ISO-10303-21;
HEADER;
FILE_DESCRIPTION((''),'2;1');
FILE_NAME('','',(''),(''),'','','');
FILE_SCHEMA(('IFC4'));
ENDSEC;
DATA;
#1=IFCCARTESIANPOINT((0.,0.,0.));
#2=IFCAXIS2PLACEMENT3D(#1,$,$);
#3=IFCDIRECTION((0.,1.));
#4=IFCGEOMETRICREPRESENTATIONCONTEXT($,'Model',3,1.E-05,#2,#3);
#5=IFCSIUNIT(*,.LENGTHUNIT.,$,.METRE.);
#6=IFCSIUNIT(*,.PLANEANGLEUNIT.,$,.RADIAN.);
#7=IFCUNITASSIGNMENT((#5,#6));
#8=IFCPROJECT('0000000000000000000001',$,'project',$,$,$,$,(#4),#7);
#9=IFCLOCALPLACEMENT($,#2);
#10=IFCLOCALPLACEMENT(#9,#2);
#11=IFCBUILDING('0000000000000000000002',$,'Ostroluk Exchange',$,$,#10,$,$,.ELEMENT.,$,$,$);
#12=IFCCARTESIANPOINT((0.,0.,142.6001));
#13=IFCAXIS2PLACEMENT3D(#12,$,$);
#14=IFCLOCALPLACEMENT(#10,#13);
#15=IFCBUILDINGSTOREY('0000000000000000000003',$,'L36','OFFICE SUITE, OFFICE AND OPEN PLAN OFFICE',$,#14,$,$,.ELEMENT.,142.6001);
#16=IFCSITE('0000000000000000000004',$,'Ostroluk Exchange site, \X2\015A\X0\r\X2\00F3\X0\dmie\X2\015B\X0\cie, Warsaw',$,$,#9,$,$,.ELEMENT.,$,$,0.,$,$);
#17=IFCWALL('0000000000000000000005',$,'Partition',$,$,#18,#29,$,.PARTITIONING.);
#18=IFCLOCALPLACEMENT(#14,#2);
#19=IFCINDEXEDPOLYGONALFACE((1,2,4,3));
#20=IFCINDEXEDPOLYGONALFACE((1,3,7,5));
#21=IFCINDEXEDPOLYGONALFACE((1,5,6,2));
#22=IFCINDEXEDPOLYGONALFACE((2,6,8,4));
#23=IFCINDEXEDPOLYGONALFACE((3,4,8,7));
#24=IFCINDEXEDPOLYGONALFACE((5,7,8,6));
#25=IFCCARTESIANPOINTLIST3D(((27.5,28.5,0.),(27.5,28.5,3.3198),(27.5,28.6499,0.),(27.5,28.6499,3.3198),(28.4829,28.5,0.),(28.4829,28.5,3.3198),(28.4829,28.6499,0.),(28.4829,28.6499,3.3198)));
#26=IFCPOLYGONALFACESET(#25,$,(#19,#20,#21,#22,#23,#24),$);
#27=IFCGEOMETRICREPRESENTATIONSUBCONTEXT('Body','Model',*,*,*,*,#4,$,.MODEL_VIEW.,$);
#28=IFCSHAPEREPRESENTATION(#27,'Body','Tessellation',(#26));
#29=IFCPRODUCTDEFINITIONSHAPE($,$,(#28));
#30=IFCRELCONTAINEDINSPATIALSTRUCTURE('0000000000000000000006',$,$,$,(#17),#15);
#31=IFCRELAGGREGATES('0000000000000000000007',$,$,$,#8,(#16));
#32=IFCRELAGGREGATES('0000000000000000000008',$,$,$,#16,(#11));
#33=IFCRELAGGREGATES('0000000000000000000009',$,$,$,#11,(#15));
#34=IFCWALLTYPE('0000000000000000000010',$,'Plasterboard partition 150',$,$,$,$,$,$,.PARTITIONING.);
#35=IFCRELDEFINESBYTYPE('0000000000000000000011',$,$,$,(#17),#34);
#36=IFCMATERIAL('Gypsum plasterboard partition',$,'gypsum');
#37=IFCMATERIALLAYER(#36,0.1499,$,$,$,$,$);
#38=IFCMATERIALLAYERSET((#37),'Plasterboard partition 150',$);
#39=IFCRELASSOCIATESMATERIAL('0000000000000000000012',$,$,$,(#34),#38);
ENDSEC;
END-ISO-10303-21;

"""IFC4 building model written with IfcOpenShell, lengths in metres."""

from ifc_helpers import new_model, si_unit, direction, frame, frame_2d, origin, place, context, subcontext, project, spatial, rectangle, extrude, material, layer, layer_set, type_object, element, save


model = new_model("IFC4")

# Units and contexts
model_context = context("Model", 3, precision=1e-05, world=origin(), true_north=direction((0.0, 1.0)))
body_context = subcontext(model_context, "Body", "Model", "MODEL_VIEW")
ifc_project = project(units=[si_unit("LENGTHUNIT", "METRE"), si_unit("PLANEANGLEUNIT", "RADIAN")], contexts=[model_context])

# Site, building, storey
site_placement = place(None, origin())
site = spatial("IfcSite", under=ifc_project, at=site_placement, Name="Ostroluk Exchange site, Śródmieście, Warsaw", CompositionType="ELEMENT", RefElevation=0.0)
building_placement = place(site_placement, origin())
building = spatial("IfcBuilding", under=site, at=building_placement, Name="Ostroluk Exchange", CompositionType="ELEMENT")
storey_placement = place(building_placement, frame((0.0, 0.0, 142.6001)))
storey = spatial("IfcBuildingStorey", under=building, at=storey_placement, Name="L36", Description="OFFICE SUITE, OFFICE AND OPEN PLAN OFFICE", CompositionType="ELEMENT", Elevation=142.6001)

# Wall
ifc_material_1 = material(Name="Gypsum plasterboard partition", Category="gypsum")
ifc_layer_1 = layer(ifc_material_1, 0.1499)
ifc_layer_set_1 = layer_set([ifc_layer_1], Name="Plasterboard partition 150")
wall_type_1 = type_object("IfcWallType", Name="Plasterboard partition 150", PredefinedType="PARTITIONING", material=ifc_layer_set_1)
wall_1_placement = place(storey_placement, frame((27.5, 28.575, 0.0), z_axis=(0.0, 0.0, 1.0), x_axis=(1.0, 0.0, 0.0)))
element("IfcWall", 1, at=wall_1_placement, inside=storey, type_object=wall_type_1, Name="Partition", PredefinedType="PARTITIONING", context=body_context, shape_type="SweptSolid", body=[
    extrude(rectangle(XDim=0.9829, YDim=0.1499, at=frame_2d((0.4915, 0.0))), origin(), (0.0, 0.0, 1.0), 3.3198),
])

save(model, "model.ifc")
